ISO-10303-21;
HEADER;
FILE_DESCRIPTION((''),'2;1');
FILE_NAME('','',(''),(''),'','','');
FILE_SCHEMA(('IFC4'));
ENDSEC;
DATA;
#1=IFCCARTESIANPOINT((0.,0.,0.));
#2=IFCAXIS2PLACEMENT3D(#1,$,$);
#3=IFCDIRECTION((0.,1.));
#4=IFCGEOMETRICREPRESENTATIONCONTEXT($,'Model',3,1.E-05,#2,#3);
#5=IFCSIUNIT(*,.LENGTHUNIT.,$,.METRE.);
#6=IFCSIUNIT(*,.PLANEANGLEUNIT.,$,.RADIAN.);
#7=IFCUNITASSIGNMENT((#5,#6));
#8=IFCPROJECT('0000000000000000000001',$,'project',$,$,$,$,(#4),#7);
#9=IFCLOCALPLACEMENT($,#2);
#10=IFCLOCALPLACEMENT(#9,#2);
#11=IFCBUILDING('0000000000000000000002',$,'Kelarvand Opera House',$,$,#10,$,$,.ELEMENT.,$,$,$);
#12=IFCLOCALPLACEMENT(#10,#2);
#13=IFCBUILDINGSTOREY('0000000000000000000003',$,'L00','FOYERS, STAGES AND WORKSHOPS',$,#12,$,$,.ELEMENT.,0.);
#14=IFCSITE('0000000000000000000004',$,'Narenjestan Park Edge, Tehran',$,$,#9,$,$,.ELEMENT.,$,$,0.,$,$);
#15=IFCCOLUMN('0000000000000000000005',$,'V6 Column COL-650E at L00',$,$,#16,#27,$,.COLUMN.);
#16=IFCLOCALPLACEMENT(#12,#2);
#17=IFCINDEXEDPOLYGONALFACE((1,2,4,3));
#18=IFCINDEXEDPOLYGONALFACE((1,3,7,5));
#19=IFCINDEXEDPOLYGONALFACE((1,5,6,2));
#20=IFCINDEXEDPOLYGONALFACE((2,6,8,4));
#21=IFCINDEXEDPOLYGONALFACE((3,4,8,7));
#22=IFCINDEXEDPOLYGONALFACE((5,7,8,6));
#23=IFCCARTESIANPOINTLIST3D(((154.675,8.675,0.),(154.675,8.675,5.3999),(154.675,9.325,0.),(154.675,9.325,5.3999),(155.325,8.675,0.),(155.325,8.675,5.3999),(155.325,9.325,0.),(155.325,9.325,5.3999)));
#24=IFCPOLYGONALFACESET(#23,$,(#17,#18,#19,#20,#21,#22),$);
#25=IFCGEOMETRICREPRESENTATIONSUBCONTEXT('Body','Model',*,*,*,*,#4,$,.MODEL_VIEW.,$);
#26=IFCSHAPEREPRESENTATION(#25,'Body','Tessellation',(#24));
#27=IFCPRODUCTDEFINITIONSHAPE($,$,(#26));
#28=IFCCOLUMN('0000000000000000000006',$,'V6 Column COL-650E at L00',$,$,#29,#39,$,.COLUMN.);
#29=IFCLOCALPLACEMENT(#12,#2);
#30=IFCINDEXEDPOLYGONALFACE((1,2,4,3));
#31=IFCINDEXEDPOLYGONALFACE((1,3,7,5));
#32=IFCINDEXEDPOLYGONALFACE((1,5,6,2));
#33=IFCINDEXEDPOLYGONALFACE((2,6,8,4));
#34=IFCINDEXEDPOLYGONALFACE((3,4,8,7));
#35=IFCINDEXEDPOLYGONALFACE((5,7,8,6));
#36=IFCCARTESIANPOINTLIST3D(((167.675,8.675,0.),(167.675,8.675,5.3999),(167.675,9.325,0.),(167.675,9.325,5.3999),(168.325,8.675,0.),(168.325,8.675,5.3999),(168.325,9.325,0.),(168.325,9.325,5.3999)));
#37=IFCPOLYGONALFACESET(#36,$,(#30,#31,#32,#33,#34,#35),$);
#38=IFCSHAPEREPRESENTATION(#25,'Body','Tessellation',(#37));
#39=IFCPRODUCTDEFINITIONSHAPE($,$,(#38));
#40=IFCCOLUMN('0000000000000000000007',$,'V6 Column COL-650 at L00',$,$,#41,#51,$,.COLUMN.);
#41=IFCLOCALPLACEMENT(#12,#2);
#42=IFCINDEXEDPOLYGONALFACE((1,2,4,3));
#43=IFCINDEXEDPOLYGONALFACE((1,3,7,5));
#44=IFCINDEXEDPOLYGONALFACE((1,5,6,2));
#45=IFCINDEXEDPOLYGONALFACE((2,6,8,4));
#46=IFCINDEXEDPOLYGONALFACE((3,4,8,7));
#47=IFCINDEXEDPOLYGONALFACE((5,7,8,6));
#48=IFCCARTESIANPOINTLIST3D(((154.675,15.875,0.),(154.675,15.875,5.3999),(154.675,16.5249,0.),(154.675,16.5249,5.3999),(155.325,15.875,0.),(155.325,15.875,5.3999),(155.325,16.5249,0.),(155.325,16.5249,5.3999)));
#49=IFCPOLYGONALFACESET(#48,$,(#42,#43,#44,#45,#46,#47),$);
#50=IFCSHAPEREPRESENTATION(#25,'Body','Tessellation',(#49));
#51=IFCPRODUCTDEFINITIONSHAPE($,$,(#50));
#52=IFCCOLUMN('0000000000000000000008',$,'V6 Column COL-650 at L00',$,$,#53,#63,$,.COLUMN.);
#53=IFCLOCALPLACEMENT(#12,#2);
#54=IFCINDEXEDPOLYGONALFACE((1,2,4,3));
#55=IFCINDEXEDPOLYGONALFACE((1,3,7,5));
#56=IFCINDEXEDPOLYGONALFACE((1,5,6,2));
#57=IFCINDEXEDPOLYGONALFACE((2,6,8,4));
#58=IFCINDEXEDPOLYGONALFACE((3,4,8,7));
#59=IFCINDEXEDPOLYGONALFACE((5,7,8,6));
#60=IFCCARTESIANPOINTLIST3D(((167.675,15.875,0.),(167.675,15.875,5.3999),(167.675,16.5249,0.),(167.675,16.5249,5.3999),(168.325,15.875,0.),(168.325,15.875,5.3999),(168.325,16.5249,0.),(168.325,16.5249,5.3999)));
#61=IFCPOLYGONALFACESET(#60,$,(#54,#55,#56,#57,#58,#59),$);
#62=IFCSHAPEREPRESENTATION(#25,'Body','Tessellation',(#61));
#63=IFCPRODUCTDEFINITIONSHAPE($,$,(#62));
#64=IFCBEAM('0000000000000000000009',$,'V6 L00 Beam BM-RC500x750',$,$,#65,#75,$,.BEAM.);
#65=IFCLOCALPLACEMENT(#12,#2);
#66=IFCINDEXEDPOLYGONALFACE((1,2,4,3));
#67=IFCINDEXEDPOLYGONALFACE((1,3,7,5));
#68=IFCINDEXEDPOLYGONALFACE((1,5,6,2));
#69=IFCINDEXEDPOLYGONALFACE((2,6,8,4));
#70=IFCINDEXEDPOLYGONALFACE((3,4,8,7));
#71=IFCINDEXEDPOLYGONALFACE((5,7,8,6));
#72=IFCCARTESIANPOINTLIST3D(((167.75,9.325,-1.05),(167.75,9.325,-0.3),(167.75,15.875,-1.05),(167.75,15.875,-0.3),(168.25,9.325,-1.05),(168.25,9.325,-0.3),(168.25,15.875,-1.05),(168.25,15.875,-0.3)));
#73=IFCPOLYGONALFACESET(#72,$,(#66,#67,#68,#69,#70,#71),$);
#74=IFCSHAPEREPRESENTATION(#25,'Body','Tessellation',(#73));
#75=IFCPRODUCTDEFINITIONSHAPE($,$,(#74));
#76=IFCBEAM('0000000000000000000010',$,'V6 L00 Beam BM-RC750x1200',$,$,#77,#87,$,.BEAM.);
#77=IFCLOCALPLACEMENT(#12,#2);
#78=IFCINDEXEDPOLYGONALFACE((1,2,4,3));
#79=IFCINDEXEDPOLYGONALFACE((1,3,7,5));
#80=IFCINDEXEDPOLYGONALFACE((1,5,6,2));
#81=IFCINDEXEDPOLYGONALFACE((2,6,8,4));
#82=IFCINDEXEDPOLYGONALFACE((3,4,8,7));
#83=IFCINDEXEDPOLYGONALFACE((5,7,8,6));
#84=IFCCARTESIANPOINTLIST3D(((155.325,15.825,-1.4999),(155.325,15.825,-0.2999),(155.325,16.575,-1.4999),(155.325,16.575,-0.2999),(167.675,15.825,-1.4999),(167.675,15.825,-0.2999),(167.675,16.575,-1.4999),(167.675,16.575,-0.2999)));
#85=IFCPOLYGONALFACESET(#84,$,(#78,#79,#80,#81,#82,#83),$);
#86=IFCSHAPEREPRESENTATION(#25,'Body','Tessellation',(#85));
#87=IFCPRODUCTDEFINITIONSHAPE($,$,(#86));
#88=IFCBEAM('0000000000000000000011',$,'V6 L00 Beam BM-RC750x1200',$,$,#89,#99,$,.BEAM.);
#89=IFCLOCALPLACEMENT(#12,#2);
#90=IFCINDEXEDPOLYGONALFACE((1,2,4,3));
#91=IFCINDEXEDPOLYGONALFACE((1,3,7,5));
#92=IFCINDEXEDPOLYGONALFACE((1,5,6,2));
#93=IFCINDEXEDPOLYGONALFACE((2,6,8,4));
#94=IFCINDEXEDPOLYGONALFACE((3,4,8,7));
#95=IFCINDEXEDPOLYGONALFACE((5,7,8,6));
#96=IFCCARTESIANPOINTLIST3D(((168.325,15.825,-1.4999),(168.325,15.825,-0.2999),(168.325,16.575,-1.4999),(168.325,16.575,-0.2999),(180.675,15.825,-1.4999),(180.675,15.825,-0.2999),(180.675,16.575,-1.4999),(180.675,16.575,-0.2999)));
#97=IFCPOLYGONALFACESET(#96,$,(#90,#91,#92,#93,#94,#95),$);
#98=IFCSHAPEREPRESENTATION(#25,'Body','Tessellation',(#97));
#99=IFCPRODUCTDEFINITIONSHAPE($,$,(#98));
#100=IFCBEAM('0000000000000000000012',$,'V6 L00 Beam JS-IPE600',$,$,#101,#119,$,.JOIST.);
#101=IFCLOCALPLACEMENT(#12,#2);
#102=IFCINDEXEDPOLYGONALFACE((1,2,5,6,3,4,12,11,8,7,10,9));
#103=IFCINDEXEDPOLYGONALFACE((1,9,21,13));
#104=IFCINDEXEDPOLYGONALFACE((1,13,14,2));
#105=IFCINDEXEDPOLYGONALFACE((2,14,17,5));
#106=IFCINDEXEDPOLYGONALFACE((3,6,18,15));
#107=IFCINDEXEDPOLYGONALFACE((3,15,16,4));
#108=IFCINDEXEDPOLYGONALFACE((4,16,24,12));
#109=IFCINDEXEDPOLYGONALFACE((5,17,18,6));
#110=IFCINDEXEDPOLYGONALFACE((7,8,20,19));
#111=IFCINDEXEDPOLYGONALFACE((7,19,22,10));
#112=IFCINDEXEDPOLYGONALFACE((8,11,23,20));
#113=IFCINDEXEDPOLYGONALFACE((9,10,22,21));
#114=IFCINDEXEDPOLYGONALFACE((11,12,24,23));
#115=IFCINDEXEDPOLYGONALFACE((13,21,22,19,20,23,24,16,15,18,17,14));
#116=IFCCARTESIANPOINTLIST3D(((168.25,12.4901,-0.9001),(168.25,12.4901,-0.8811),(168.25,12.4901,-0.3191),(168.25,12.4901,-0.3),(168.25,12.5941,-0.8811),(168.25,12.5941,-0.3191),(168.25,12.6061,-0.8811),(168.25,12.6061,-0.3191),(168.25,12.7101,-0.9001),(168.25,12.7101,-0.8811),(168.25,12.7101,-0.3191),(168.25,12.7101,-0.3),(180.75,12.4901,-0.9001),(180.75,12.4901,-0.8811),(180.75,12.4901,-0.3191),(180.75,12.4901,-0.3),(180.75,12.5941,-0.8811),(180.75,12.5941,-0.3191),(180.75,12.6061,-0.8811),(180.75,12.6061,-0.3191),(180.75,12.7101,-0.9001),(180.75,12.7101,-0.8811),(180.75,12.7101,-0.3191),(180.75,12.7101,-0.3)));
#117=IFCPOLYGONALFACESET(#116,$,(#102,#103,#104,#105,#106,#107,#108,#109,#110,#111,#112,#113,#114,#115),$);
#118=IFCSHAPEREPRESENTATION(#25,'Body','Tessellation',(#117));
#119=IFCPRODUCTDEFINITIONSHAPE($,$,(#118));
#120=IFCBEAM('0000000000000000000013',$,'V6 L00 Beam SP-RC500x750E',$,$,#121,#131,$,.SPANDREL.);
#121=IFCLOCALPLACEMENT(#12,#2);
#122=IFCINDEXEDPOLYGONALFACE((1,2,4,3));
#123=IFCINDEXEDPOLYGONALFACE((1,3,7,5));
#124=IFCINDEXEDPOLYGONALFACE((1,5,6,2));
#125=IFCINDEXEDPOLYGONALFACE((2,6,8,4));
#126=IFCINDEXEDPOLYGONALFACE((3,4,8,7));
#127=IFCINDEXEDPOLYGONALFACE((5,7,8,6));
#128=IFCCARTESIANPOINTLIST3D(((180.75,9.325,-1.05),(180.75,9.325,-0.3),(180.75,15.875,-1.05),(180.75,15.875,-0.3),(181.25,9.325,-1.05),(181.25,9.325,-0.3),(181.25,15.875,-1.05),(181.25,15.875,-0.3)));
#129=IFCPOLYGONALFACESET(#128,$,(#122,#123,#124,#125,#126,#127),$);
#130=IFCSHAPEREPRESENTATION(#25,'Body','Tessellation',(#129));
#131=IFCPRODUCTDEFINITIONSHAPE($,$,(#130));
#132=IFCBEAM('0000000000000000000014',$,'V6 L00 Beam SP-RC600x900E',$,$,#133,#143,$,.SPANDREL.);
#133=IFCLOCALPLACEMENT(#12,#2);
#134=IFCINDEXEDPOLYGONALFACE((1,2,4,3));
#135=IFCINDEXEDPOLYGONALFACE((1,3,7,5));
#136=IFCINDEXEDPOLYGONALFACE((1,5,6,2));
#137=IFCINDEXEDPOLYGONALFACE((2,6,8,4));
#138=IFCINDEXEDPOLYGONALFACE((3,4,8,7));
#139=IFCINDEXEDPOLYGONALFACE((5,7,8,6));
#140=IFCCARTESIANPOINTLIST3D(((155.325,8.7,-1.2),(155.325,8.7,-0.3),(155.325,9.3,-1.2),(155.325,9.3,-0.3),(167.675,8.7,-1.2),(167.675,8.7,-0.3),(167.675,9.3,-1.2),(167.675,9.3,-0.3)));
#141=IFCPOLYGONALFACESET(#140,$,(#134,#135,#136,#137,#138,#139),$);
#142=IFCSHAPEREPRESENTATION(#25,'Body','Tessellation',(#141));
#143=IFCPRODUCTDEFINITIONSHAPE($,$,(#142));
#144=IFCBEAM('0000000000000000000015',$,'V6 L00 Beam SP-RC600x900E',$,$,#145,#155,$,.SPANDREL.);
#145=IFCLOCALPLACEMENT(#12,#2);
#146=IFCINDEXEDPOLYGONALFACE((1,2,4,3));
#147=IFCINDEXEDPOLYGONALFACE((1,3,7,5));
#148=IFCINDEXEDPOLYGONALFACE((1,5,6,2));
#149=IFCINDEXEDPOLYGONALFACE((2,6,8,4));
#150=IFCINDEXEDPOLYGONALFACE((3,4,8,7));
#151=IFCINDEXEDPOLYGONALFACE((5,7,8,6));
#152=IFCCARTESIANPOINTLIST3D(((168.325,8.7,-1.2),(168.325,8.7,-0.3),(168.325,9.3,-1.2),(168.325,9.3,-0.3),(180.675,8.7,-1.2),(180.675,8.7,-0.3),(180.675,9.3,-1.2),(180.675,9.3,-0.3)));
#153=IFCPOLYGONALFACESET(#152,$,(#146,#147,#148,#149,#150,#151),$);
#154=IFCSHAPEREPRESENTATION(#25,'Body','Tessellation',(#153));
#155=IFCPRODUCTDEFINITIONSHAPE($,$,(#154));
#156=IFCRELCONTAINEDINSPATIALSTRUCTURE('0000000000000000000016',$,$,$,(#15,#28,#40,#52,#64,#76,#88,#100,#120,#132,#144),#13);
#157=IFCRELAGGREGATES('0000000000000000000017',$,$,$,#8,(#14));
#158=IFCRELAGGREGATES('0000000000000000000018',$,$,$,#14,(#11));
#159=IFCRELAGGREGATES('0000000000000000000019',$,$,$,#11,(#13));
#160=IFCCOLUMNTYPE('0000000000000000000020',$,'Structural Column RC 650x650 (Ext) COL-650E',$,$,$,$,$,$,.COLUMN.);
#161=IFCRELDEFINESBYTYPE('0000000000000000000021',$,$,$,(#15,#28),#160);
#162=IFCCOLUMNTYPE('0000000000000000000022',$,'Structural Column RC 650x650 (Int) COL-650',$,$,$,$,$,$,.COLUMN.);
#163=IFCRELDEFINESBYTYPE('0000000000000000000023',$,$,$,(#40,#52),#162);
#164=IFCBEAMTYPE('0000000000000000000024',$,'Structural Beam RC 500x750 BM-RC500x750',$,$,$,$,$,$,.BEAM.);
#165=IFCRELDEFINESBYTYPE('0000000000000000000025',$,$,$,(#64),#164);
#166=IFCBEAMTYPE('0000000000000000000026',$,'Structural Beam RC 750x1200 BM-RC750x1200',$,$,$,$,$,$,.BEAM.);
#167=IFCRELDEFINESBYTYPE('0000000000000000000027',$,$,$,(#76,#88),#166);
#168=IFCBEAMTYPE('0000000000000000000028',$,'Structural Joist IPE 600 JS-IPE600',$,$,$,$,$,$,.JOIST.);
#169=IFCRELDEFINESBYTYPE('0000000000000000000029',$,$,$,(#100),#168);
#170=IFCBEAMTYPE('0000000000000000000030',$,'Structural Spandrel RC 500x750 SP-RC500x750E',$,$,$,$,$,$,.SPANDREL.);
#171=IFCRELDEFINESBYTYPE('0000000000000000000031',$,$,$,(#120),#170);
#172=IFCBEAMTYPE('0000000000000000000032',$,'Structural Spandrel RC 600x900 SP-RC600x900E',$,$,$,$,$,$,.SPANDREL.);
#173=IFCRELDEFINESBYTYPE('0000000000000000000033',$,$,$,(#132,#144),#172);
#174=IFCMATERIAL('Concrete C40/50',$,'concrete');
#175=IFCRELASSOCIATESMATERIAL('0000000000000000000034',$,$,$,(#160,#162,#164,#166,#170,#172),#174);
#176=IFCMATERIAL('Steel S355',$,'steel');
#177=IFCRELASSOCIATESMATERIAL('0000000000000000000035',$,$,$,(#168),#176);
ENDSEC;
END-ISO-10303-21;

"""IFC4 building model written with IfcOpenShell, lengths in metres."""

from ifc_helpers import new_model, si_unit, direction, frame, origin, origin_2d, place, context, subcontext, project, spatial, rectangle, i_section, extrude, material, material_profile, profile_set, type_object, element, save


model = new_model("IFC4")

# Units and contexts
model_context = context("Model", 3, precision=1e-05, world=origin(), true_north=direction((0.0, 1.0)))
body_context = subcontext(model_context, "Body", "Model", "MODEL_VIEW")
ifc_project = project(units=[si_unit("LENGTHUNIT", "METRE"), si_unit("PLANEANGLEUNIT", "RADIAN")], contexts=[model_context])

# Site, building, storey
site_placement = place(None, origin())
site = spatial("IfcSite", under=ifc_project, at=site_placement, Name="Narenjestan Park Edge, Tehran", CompositionType="ELEMENT", RefElevation=0.0)
building_placement = place(site_placement, origin())
building = spatial("IfcBuilding", under=site, at=building_placement, Name="Kelarvand Opera House", CompositionType="ELEMENT")
storey_placement = place(building_placement, origin())
storey = spatial("IfcBuildingStorey", under=building, at=storey_placement, Name="L00", Description="FOYERS, STAGES AND WORKSHOPS", CompositionType="ELEMENT", Elevation=0.0)

# Columns
ifc_material_1 = material(Name="Concrete C40/50", Category="concrete")
ifc_material_profile_1 = material_profile(ifc_material_1, rectangle(XDim=0.6499, YDim=0.6499, at=origin_2d()), Name="RC 650x650", Category="concrete")
ifc_profile_set_1 = profile_set([ifc_material_profile_1], Name="Concrete C40/50")
column_type_1 = type_object("IfcColumnType", Name="Structural Column RC 650x650 (Ext) COL-650E", PredefinedType="COLUMN", material=ifc_profile_set_1)
for number, where, z_axis, x_axis, name in (
    (1, (155.0, 9.0, 0.0), (0.0, 0.0, 1.0), (1.0, 0.0, 0.0), "V6 Column COL-650E at L00"),
    (2, (168.0, 9.0, 0.0), (0.0, 0.0, 1.0), (1.0, 0.0, 0.0), "V6 Column COL-650E at L00"),
):
    element("IfcColumn", number, at=place(storey_placement, frame(where, z_axis=z_axis, x_axis=x_axis)), inside=storey, type_object=column_type_1, Name=name, PredefinedType="COLUMN", context=body_context, shape_type="SweptSolid", body=[
        extrude(rectangle(XDim=0.6499, YDim=0.6499, at=origin_2d()), origin(), (0.0, 0.0, 1.0), 5.3999),
    ])
ifc_material_profile_2 = material_profile(ifc_material_1, rectangle(XDim=0.6499, YDim=0.6499, at=origin_2d()), Name="RC 650x650", Category="concrete")
ifc_profile_set_2 = profile_set([ifc_material_profile_2], Name="Concrete C40/50")
column_type_2 = type_object("IfcColumnType", Name="Structural Column RC 650x650 (Int) COL-650", PredefinedType="COLUMN", material=ifc_profile_set_2)
for number, where, z_axis, x_axis, name in (
    (3, (155.0, 16.2, 0.0), (0.0, 0.0, 1.0), (1.0, 0.0, 0.0), "V6 Column COL-650 at L00"),
    (4, (168.0, 16.2, 0.0), (0.0, 0.0, 1.0), (1.0, 0.0, 0.0), "V6 Column COL-650 at L00"),
):
    element("IfcColumn", number, at=place(storey_placement, frame(where, z_axis=z_axis, x_axis=x_axis)), inside=storey, type_object=column_type_2, Name=name, PredefinedType="COLUMN", context=body_context, shape_type="SweptSolid", body=[
        extrude(rectangle(XDim=0.6499, YDim=0.6499, at=origin_2d()), origin(), (0.0, 0.0, 1.0), 5.3999),
    ])

# Beams
ifc_material_profile_3 = material_profile(ifc_material_1, rectangle(XDim=0.5, YDim=0.75, at=origin_2d()), Name="RC 500x750", Category="concrete")
ifc_profile_set_3 = profile_set([ifc_material_profile_3], Name="Concrete C40/50")
beam_type_1 = type_object("IfcBeamType", Name="Structural Beam RC 500x750 BM-RC500x750", PredefinedType="BEAM", material=ifc_profile_set_3)
beam_1_placement = place(storey_placement, frame((168.0, 9.325, -0.675), z_axis=(0.0, 1.0, 0.0), x_axis=(-1.0, 0.0, 0.0)))
element("IfcBeam", 5, at=beam_1_placement, inside=storey, type_object=beam_type_1, Name="V6 L00 Beam BM-RC500x750", PredefinedType="BEAM", context=body_context, shape_type="SweptSolid", body=[
    extrude(rectangle(XDim=0.5, YDim=0.75, at=origin_2d()), origin(), (0.0, 0.0, 1.0), 6.55),
])
ifc_material_profile_4 = material_profile(ifc_material_1, rectangle(XDim=0.75, YDim=1.2, at=origin_2d()), Name="RC 750x1200", Category="concrete")
ifc_profile_set_4 = profile_set([ifc_material_profile_4], Name="Concrete C40/50")
beam_type_2 = type_object("IfcBeamType", Name="Structural Beam RC 750x1200 BM-RC750x1200", PredefinedType="BEAM", material=ifc_profile_set_4)
for number, where, z_axis, x_axis, name in (
    (6, (155.325, 16.2, -0.8999), (1.0, 0.0, 0.0), (0.0, 1.0, 0.0), "V6 L00 Beam BM-RC750x1200"),
    (7, (168.325, 16.2, -0.8999), (1.0, 0.0, 0.0), (0.0, 1.0, 0.0), "V6 L00 Beam BM-RC750x1200"),
):
    element("IfcBeam", number, at=place(storey_placement, frame(where, z_axis=z_axis, x_axis=x_axis)), inside=storey, type_object=beam_type_2, Name=name, PredefinedType="BEAM", context=body_context, shape_type="SweptSolid", body=[
        extrude(rectangle(XDim=0.75, YDim=1.2, at=origin_2d()), origin(), (0.0, 0.0, 1.0), 12.3501),
    ])
ifc_material_2 = material(Name="Steel S355", Category="steel")
ifc_material_profile_5 = material_profile(ifc_material_2, i_section(OverallWidth=0.22, OverallDepth=0.6001, WebThickness=0.012, FlangeThickness=0.019, at=origin_2d()), Name="IPE 600", Category="steel")
ifc_profile_set_5 = profile_set([ifc_material_profile_5], Name="Steel S355")
beam_type_3 = type_object("IfcBeamType", Name="Structural Joist IPE 600 JS-IPE600", PredefinedType="JOIST", material=ifc_profile_set_5)
beam_2_placement = place(storey_placement, frame((168.25, 12.6001, -0.6001), z_axis=(1.0, 0.0, 0.0), x_axis=(0.0, 1.0, 0.0)))
element("IfcBeam", 8, at=beam_2_placement, inside=storey, type_object=beam_type_3, Name="V6 L00 Beam JS-IPE600", PredefinedType="JOIST", context=body_context, shape_type="SweptSolid", body=[
    extrude(i_section(OverallWidth=0.22, OverallDepth=0.6001, WebThickness=0.012, FlangeThickness=0.019, at=origin_2d()), origin(), (0.0, 0.0, 1.0), 12.5),
])
ifc_material_profile_6 = material_profile(ifc_material_1, rectangle(XDim=0.5, YDim=0.75, at=origin_2d()), Name="RC 500x750", Category="concrete")
ifc_profile_set_6 = profile_set([ifc_material_profile_6], Name="Concrete C40/50")
beam_type_4 = type_object("IfcBeamType", Name="Structural Spandrel RC 500x750 SP-RC500x750E", PredefinedType="SPANDREL", material=ifc_profile_set_6)
beam_3_placement = place(storey_placement, frame((181.0, 9.325, -0.675), z_axis=(0.0, 1.0, 0.0), x_axis=(-1.0, 0.0, 0.0)))
element("IfcBeam", 9, at=beam_3_placement, inside=storey, type_object=beam_type_4, Name="V6 L00 Beam SP-RC500x750E", PredefinedType="SPANDREL", context=body_context, shape_type="SweptSolid", body=[
    extrude(rectangle(XDim=0.5, YDim=0.75, at=origin_2d()), origin(), (0.0, 0.0, 1.0), 6.55),
])
ifc_material_profile_7 = material_profile(ifc_material_1, rectangle(XDim=0.6001, YDim=0.8999, at=origin_2d()), Name="RC 600x900", Category="concrete")
ifc_profile_set_7 = profile_set([ifc_material_profile_7], Name="Concrete C40/50")
beam_type_5 = type_object("IfcBeamType", Name="Structural Spandrel RC 600x900 SP-RC600x900E", PredefinedType="SPANDREL", material=ifc_profile_set_7)
for number, where, z_axis, x_axis, name in (
    (10, (155.325, 9.0, -0.75), (1.0, 0.0, 0.0), (0.0, 1.0, 0.0), "V6 L00 Beam SP-RC600x900E"),
    (11, (168.325, 9.0, -0.75), (1.0, 0.0, 0.0), (0.0, 1.0, 0.0), "V6 L00 Beam SP-RC600x900E"),
):
    element("IfcBeam", number, at=place(storey_placement, frame(where, z_axis=z_axis, x_axis=x_axis)), inside=storey, type_object=beam_type_5, Name=name, PredefinedType="SPANDREL", context=body_context, shape_type="SweptSolid", body=[
        extrude(rectangle(XDim=0.6001, YDim=0.8999, at=origin_2d()), origin(), (0.0, 0.0, 1.0), 12.3501),
    ])

save(model, "model.ifc")
